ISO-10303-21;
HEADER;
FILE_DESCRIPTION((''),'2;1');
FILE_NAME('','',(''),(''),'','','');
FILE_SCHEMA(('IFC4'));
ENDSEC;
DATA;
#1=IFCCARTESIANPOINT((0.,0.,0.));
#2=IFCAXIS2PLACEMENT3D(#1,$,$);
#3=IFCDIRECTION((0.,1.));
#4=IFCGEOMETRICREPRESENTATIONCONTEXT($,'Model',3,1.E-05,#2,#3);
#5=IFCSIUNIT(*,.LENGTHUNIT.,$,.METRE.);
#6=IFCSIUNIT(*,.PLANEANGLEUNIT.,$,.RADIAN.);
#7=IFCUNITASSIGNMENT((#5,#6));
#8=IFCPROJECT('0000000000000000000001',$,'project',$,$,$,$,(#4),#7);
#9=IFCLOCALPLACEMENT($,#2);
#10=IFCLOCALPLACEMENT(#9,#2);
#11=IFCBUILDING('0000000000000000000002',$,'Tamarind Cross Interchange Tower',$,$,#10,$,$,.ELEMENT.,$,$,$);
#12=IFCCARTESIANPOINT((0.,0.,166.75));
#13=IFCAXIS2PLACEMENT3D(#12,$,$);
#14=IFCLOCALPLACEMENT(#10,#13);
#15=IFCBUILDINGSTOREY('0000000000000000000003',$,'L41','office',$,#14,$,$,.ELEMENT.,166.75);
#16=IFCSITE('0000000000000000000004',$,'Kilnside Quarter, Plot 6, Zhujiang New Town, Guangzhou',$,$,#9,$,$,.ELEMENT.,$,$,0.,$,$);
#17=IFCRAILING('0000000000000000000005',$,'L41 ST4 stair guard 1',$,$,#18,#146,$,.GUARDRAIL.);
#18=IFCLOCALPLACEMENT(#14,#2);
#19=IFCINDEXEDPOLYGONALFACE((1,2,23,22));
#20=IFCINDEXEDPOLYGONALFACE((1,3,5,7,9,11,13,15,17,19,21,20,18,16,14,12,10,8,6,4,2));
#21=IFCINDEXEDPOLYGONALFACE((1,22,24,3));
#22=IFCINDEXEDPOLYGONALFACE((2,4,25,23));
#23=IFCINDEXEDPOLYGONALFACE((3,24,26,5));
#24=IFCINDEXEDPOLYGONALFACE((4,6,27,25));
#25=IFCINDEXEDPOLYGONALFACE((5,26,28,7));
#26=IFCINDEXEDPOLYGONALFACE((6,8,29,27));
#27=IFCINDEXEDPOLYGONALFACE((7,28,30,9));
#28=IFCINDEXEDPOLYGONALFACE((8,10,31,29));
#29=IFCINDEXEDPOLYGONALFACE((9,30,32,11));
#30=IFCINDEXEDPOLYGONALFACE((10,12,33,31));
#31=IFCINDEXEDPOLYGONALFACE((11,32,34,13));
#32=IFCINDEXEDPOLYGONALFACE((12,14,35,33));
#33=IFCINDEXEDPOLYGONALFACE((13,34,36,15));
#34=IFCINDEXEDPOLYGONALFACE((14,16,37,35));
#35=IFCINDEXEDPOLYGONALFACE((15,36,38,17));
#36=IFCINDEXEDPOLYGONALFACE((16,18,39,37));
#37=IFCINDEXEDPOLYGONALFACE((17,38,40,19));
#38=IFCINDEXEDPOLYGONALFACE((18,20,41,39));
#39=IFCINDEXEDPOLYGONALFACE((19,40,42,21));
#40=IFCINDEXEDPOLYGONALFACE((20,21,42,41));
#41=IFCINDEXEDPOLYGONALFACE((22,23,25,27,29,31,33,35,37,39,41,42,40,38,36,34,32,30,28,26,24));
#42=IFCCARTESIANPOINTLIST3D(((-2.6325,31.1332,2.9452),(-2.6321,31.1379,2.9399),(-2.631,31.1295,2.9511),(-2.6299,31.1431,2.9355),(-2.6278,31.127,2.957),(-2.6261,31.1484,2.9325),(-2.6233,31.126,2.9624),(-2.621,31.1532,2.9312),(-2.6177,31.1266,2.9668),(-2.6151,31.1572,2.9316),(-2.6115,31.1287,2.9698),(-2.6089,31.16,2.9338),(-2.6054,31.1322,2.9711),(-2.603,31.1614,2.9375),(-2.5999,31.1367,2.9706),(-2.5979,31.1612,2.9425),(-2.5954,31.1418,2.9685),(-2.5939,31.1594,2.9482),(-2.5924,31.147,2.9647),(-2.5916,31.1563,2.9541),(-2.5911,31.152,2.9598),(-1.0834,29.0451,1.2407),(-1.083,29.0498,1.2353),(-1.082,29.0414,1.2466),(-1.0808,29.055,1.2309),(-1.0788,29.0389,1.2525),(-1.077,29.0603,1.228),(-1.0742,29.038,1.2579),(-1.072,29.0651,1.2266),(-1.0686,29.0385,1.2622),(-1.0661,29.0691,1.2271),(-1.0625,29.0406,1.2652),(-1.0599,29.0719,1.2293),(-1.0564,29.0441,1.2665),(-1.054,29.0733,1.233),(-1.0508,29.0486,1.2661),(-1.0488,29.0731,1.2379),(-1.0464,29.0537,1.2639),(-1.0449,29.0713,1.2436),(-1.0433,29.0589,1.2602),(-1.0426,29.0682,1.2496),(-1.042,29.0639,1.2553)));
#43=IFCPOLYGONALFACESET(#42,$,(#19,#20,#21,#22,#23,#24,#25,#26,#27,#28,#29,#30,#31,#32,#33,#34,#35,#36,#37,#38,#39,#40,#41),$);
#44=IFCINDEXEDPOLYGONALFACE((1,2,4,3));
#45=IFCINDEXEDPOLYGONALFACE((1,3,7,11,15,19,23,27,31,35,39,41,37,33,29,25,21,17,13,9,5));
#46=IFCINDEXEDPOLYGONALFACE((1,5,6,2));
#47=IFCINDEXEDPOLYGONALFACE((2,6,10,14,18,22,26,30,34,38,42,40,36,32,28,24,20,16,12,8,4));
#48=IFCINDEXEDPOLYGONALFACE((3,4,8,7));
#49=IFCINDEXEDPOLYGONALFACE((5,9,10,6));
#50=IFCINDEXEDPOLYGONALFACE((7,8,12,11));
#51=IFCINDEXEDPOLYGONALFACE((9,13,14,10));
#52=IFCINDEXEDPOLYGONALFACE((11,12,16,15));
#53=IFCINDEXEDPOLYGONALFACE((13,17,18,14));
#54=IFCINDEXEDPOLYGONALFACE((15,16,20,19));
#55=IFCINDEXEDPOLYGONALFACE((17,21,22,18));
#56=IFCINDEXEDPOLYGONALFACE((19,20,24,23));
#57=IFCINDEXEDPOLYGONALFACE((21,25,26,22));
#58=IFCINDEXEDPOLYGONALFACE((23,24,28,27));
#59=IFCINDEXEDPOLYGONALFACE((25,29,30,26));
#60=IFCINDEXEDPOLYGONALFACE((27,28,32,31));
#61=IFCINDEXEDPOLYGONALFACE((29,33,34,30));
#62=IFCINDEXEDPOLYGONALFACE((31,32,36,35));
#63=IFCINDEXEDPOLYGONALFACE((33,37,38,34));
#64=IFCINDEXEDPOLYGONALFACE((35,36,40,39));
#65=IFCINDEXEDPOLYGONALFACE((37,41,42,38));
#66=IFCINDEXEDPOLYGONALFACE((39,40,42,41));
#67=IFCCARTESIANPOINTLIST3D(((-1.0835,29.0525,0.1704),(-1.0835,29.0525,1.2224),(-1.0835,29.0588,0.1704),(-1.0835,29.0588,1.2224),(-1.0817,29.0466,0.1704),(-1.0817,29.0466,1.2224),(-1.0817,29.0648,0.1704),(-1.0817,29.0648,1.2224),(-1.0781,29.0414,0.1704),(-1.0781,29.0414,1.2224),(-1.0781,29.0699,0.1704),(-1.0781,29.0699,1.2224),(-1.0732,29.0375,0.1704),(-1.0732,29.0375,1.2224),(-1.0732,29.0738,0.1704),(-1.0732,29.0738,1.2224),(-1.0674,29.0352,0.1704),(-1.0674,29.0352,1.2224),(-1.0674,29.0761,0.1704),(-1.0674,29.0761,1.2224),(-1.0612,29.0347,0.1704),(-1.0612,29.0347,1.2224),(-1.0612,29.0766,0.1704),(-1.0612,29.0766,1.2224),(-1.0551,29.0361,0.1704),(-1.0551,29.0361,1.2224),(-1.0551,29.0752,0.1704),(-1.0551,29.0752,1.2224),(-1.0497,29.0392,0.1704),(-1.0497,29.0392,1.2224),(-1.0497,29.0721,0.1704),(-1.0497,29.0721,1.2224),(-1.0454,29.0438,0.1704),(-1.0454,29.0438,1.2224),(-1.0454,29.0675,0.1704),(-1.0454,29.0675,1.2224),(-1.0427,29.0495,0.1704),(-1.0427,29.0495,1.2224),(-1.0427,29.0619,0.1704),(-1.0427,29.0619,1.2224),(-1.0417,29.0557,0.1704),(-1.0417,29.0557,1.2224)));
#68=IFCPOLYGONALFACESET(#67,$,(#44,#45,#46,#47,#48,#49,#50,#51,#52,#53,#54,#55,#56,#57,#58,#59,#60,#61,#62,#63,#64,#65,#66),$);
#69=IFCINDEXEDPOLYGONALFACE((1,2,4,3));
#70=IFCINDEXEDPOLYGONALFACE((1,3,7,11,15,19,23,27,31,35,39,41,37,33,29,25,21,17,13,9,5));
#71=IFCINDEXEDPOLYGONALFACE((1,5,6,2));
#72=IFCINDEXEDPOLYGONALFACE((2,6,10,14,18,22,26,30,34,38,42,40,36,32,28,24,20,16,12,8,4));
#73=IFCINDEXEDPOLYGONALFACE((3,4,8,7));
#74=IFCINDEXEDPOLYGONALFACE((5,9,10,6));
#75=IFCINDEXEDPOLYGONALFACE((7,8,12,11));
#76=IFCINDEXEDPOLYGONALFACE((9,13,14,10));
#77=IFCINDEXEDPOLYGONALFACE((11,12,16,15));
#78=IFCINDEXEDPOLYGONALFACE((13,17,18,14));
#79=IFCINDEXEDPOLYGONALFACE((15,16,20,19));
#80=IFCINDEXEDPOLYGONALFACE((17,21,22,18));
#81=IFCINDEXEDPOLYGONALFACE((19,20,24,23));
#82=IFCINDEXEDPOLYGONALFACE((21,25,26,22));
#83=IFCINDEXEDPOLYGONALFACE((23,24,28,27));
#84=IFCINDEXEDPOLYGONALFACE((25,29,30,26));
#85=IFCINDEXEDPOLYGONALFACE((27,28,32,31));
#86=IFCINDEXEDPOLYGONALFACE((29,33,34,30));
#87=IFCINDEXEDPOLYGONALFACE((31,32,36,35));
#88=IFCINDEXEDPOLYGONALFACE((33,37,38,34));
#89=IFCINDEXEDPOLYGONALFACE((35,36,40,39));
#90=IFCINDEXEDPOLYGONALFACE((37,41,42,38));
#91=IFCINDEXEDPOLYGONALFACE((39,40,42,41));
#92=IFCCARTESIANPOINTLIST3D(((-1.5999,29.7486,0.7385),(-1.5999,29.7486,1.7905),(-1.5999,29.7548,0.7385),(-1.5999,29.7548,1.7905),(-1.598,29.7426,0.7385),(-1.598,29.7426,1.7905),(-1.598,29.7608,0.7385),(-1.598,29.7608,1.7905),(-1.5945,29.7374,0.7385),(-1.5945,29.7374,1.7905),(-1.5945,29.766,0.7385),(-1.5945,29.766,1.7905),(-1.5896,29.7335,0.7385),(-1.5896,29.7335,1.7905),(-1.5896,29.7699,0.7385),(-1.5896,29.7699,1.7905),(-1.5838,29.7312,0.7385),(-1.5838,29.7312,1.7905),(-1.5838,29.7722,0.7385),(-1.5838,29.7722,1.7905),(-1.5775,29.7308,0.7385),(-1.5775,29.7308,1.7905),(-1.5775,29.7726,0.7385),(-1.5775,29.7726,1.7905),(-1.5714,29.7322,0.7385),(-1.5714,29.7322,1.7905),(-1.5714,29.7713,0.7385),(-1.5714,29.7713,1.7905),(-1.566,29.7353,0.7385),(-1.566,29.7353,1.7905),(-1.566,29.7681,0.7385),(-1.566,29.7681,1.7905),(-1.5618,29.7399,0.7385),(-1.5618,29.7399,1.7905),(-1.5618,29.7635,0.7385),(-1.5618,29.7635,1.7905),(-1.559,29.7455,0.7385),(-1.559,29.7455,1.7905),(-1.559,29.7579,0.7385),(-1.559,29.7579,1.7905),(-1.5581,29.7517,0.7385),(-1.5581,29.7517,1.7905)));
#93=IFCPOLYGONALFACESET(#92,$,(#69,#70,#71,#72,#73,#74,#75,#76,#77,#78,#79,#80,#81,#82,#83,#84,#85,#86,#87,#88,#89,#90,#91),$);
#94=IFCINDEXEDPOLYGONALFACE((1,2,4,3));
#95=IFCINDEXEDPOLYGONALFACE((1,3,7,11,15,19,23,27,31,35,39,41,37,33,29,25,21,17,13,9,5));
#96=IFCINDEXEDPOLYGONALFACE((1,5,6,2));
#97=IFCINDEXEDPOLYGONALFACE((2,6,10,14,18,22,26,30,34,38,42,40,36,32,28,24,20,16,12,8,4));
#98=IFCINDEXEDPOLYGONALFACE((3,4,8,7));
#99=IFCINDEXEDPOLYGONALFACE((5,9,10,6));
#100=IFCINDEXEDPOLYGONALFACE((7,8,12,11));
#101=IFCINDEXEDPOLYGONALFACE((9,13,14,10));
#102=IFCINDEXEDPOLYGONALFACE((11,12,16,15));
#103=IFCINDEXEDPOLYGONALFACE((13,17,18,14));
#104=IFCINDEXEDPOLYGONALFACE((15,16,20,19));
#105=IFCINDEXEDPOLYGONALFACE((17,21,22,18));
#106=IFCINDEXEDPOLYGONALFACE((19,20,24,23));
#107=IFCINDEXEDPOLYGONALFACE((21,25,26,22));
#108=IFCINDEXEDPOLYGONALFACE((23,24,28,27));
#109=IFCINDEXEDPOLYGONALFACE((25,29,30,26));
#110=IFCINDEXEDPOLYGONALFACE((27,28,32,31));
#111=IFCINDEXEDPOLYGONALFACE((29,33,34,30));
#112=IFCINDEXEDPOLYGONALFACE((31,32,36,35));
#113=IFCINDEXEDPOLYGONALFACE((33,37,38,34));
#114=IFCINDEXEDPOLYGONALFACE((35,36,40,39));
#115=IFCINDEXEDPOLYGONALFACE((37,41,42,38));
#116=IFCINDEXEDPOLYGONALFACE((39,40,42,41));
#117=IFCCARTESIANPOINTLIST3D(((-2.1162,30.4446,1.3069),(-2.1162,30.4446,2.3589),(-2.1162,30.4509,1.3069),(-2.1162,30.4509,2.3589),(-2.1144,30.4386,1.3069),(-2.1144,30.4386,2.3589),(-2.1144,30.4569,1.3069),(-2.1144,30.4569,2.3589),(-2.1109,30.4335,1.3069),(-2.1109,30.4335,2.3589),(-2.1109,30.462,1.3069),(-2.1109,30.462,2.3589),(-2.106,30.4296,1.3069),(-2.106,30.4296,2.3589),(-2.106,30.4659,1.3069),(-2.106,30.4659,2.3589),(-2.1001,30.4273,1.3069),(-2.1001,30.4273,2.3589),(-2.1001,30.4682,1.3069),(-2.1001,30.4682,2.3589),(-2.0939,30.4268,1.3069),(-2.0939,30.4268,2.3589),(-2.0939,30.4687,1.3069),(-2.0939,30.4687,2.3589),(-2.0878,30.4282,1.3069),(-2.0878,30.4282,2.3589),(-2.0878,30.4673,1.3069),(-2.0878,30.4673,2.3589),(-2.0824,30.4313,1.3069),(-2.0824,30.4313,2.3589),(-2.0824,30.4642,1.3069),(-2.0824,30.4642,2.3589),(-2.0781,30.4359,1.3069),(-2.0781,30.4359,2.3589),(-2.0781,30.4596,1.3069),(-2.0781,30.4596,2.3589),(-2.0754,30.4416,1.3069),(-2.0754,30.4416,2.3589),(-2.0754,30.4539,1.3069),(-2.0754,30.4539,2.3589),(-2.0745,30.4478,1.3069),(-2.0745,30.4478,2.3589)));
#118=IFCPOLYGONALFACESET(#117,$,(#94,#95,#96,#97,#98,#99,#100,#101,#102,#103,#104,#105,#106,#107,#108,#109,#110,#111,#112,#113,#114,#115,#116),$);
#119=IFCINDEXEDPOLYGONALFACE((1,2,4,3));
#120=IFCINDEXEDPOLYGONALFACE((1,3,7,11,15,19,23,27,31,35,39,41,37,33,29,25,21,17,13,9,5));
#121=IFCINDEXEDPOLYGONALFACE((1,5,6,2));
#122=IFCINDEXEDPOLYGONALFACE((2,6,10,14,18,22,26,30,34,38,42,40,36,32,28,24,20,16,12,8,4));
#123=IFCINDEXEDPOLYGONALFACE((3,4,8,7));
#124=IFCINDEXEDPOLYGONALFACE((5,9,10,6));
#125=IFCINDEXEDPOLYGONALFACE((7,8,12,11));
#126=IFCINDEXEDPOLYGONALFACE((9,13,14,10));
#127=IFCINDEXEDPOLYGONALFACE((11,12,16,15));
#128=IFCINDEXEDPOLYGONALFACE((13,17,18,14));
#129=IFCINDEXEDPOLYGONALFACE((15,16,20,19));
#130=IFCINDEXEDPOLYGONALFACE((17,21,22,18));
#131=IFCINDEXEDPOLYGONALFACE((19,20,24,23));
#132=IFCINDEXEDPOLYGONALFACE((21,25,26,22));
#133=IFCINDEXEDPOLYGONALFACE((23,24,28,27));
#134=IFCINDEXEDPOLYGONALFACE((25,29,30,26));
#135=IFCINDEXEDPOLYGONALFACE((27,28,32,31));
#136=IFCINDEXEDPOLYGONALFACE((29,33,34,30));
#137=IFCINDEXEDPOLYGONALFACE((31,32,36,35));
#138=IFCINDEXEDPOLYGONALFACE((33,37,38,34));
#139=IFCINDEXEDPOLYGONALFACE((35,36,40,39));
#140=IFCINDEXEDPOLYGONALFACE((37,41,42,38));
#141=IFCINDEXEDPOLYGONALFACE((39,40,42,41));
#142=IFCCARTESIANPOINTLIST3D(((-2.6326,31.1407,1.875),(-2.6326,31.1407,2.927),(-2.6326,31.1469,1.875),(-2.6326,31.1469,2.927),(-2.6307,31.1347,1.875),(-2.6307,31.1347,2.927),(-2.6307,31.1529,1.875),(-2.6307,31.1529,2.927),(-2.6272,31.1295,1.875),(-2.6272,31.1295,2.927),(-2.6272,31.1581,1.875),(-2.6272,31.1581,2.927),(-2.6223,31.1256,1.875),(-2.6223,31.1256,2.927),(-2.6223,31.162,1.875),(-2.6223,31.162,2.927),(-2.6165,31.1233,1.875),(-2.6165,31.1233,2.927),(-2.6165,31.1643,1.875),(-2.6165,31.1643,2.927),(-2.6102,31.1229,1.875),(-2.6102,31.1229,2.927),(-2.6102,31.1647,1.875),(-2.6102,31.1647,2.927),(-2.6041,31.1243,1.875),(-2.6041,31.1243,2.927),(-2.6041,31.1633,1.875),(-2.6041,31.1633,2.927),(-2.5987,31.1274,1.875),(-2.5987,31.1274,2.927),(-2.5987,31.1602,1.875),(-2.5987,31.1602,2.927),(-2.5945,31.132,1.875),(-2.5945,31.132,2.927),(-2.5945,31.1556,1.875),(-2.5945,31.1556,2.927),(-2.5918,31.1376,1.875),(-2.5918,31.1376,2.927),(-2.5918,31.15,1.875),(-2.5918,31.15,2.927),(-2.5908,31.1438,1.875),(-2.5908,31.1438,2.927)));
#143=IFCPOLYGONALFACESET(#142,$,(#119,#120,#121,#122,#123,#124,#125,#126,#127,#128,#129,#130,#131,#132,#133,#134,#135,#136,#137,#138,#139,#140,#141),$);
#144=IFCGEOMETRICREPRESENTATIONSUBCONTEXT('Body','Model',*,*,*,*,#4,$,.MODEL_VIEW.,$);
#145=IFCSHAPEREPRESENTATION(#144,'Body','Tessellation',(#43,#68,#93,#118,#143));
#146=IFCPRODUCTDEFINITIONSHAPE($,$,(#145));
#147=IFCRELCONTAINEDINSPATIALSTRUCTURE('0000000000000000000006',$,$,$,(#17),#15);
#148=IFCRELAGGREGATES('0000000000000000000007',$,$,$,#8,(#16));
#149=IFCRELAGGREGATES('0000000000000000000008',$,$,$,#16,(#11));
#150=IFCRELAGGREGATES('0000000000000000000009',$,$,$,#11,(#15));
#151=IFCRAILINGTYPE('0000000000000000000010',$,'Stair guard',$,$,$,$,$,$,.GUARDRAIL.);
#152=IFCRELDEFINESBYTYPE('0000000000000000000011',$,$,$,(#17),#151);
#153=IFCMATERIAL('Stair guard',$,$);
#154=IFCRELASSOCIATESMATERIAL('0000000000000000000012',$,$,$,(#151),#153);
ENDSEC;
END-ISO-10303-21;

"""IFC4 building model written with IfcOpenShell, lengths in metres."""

from ifc_helpers import new_model, si_unit, direction, frame, origin, origin_2d, place, context, subcontext, project, spatial, circle, extrude, material, type_object, element, save


model = new_model("IFC4")

# Units and contexts
model_context = context("Model", 3, precision=1e-05, world=origin(), true_north=direction((0.0, 1.0)))
body_context = subcontext(model_context, "Body", "Model", "MODEL_VIEW")
ifc_project = project(units=[si_unit("LENGTHUNIT", "METRE"), si_unit("PLANEANGLEUNIT", "RADIAN")], contexts=[model_context])

# Site, building, storey
site_placement = place(None, origin())
site = spatial("IfcSite", under=ifc_project, at=site_placement, Name="Kilnside Quarter, Plot 6, Zhujiang New Town, Guangzhou", CompositionType="ELEMENT", RefElevation=0.0)
building_placement = place(site_placement, origin())
building = spatial("IfcBuilding", under=site, at=building_placement, Name="Tamarind Cross Interchange Tower", CompositionType="ELEMENT")
storey_placement = place(building_placement, frame((0.0, 0.0, 166.75)))
storey = spatial("IfcBuildingStorey", under=building, at=storey_placement, Name="L41", Description="office", CompositionType="ELEMENT", Elevation=166.75)

# Railing
ifc_material_1 = material(Name="Stair guard")
railing_type_1 = type_object("IfcRailingType", Name="Stair guard", PredefinedType="GUARDRAIL", material=ifc_material_1)
railing_1_placement = place(storey_placement, frame((-1.0627, 29.0557, 0.1704)))
element("IfcRailing", 1, at=railing_1_placement, inside=storey, type_object=railing_type_1, Name="L41 ST4 stair guard 1", PredefinedType="GUARDRAIL", context=body_context, shape_type="SweptSolid", body=[
    extrude(circle(Radius=0.0239, at=origin_2d()), frame((0.0, 0.0, 1.0762), z_axis=(-0.498263, 0.671653, 0.548285), x_axis=(-0.803133, -0.5958, 0.0)), (0.0, 0.0, 1.0), 3.1089),
    extrude(circle(Radius=0.021, at=origin_2d()), origin(), (0.0, 0.0, 1.0), 1.052),
    extrude(circle(Radius=0.021, at=origin_2d()), frame((-0.5164, 0.696, 0.5681)), (0.0, 0.0, 1.0), 1.052),
    extrude(circle(Radius=0.021, at=origin_2d()), frame((-1.0327, 1.3921, 1.1365)), (0.0, 0.0, 1.0), 1.052),
    extrude(circle(Radius=0.021, at=origin_2d()), frame((-1.5491, 2.0881, 1.7046)), (0.0, 0.0, 1.0), 1.052),
])

save(model, "model.ifc")
